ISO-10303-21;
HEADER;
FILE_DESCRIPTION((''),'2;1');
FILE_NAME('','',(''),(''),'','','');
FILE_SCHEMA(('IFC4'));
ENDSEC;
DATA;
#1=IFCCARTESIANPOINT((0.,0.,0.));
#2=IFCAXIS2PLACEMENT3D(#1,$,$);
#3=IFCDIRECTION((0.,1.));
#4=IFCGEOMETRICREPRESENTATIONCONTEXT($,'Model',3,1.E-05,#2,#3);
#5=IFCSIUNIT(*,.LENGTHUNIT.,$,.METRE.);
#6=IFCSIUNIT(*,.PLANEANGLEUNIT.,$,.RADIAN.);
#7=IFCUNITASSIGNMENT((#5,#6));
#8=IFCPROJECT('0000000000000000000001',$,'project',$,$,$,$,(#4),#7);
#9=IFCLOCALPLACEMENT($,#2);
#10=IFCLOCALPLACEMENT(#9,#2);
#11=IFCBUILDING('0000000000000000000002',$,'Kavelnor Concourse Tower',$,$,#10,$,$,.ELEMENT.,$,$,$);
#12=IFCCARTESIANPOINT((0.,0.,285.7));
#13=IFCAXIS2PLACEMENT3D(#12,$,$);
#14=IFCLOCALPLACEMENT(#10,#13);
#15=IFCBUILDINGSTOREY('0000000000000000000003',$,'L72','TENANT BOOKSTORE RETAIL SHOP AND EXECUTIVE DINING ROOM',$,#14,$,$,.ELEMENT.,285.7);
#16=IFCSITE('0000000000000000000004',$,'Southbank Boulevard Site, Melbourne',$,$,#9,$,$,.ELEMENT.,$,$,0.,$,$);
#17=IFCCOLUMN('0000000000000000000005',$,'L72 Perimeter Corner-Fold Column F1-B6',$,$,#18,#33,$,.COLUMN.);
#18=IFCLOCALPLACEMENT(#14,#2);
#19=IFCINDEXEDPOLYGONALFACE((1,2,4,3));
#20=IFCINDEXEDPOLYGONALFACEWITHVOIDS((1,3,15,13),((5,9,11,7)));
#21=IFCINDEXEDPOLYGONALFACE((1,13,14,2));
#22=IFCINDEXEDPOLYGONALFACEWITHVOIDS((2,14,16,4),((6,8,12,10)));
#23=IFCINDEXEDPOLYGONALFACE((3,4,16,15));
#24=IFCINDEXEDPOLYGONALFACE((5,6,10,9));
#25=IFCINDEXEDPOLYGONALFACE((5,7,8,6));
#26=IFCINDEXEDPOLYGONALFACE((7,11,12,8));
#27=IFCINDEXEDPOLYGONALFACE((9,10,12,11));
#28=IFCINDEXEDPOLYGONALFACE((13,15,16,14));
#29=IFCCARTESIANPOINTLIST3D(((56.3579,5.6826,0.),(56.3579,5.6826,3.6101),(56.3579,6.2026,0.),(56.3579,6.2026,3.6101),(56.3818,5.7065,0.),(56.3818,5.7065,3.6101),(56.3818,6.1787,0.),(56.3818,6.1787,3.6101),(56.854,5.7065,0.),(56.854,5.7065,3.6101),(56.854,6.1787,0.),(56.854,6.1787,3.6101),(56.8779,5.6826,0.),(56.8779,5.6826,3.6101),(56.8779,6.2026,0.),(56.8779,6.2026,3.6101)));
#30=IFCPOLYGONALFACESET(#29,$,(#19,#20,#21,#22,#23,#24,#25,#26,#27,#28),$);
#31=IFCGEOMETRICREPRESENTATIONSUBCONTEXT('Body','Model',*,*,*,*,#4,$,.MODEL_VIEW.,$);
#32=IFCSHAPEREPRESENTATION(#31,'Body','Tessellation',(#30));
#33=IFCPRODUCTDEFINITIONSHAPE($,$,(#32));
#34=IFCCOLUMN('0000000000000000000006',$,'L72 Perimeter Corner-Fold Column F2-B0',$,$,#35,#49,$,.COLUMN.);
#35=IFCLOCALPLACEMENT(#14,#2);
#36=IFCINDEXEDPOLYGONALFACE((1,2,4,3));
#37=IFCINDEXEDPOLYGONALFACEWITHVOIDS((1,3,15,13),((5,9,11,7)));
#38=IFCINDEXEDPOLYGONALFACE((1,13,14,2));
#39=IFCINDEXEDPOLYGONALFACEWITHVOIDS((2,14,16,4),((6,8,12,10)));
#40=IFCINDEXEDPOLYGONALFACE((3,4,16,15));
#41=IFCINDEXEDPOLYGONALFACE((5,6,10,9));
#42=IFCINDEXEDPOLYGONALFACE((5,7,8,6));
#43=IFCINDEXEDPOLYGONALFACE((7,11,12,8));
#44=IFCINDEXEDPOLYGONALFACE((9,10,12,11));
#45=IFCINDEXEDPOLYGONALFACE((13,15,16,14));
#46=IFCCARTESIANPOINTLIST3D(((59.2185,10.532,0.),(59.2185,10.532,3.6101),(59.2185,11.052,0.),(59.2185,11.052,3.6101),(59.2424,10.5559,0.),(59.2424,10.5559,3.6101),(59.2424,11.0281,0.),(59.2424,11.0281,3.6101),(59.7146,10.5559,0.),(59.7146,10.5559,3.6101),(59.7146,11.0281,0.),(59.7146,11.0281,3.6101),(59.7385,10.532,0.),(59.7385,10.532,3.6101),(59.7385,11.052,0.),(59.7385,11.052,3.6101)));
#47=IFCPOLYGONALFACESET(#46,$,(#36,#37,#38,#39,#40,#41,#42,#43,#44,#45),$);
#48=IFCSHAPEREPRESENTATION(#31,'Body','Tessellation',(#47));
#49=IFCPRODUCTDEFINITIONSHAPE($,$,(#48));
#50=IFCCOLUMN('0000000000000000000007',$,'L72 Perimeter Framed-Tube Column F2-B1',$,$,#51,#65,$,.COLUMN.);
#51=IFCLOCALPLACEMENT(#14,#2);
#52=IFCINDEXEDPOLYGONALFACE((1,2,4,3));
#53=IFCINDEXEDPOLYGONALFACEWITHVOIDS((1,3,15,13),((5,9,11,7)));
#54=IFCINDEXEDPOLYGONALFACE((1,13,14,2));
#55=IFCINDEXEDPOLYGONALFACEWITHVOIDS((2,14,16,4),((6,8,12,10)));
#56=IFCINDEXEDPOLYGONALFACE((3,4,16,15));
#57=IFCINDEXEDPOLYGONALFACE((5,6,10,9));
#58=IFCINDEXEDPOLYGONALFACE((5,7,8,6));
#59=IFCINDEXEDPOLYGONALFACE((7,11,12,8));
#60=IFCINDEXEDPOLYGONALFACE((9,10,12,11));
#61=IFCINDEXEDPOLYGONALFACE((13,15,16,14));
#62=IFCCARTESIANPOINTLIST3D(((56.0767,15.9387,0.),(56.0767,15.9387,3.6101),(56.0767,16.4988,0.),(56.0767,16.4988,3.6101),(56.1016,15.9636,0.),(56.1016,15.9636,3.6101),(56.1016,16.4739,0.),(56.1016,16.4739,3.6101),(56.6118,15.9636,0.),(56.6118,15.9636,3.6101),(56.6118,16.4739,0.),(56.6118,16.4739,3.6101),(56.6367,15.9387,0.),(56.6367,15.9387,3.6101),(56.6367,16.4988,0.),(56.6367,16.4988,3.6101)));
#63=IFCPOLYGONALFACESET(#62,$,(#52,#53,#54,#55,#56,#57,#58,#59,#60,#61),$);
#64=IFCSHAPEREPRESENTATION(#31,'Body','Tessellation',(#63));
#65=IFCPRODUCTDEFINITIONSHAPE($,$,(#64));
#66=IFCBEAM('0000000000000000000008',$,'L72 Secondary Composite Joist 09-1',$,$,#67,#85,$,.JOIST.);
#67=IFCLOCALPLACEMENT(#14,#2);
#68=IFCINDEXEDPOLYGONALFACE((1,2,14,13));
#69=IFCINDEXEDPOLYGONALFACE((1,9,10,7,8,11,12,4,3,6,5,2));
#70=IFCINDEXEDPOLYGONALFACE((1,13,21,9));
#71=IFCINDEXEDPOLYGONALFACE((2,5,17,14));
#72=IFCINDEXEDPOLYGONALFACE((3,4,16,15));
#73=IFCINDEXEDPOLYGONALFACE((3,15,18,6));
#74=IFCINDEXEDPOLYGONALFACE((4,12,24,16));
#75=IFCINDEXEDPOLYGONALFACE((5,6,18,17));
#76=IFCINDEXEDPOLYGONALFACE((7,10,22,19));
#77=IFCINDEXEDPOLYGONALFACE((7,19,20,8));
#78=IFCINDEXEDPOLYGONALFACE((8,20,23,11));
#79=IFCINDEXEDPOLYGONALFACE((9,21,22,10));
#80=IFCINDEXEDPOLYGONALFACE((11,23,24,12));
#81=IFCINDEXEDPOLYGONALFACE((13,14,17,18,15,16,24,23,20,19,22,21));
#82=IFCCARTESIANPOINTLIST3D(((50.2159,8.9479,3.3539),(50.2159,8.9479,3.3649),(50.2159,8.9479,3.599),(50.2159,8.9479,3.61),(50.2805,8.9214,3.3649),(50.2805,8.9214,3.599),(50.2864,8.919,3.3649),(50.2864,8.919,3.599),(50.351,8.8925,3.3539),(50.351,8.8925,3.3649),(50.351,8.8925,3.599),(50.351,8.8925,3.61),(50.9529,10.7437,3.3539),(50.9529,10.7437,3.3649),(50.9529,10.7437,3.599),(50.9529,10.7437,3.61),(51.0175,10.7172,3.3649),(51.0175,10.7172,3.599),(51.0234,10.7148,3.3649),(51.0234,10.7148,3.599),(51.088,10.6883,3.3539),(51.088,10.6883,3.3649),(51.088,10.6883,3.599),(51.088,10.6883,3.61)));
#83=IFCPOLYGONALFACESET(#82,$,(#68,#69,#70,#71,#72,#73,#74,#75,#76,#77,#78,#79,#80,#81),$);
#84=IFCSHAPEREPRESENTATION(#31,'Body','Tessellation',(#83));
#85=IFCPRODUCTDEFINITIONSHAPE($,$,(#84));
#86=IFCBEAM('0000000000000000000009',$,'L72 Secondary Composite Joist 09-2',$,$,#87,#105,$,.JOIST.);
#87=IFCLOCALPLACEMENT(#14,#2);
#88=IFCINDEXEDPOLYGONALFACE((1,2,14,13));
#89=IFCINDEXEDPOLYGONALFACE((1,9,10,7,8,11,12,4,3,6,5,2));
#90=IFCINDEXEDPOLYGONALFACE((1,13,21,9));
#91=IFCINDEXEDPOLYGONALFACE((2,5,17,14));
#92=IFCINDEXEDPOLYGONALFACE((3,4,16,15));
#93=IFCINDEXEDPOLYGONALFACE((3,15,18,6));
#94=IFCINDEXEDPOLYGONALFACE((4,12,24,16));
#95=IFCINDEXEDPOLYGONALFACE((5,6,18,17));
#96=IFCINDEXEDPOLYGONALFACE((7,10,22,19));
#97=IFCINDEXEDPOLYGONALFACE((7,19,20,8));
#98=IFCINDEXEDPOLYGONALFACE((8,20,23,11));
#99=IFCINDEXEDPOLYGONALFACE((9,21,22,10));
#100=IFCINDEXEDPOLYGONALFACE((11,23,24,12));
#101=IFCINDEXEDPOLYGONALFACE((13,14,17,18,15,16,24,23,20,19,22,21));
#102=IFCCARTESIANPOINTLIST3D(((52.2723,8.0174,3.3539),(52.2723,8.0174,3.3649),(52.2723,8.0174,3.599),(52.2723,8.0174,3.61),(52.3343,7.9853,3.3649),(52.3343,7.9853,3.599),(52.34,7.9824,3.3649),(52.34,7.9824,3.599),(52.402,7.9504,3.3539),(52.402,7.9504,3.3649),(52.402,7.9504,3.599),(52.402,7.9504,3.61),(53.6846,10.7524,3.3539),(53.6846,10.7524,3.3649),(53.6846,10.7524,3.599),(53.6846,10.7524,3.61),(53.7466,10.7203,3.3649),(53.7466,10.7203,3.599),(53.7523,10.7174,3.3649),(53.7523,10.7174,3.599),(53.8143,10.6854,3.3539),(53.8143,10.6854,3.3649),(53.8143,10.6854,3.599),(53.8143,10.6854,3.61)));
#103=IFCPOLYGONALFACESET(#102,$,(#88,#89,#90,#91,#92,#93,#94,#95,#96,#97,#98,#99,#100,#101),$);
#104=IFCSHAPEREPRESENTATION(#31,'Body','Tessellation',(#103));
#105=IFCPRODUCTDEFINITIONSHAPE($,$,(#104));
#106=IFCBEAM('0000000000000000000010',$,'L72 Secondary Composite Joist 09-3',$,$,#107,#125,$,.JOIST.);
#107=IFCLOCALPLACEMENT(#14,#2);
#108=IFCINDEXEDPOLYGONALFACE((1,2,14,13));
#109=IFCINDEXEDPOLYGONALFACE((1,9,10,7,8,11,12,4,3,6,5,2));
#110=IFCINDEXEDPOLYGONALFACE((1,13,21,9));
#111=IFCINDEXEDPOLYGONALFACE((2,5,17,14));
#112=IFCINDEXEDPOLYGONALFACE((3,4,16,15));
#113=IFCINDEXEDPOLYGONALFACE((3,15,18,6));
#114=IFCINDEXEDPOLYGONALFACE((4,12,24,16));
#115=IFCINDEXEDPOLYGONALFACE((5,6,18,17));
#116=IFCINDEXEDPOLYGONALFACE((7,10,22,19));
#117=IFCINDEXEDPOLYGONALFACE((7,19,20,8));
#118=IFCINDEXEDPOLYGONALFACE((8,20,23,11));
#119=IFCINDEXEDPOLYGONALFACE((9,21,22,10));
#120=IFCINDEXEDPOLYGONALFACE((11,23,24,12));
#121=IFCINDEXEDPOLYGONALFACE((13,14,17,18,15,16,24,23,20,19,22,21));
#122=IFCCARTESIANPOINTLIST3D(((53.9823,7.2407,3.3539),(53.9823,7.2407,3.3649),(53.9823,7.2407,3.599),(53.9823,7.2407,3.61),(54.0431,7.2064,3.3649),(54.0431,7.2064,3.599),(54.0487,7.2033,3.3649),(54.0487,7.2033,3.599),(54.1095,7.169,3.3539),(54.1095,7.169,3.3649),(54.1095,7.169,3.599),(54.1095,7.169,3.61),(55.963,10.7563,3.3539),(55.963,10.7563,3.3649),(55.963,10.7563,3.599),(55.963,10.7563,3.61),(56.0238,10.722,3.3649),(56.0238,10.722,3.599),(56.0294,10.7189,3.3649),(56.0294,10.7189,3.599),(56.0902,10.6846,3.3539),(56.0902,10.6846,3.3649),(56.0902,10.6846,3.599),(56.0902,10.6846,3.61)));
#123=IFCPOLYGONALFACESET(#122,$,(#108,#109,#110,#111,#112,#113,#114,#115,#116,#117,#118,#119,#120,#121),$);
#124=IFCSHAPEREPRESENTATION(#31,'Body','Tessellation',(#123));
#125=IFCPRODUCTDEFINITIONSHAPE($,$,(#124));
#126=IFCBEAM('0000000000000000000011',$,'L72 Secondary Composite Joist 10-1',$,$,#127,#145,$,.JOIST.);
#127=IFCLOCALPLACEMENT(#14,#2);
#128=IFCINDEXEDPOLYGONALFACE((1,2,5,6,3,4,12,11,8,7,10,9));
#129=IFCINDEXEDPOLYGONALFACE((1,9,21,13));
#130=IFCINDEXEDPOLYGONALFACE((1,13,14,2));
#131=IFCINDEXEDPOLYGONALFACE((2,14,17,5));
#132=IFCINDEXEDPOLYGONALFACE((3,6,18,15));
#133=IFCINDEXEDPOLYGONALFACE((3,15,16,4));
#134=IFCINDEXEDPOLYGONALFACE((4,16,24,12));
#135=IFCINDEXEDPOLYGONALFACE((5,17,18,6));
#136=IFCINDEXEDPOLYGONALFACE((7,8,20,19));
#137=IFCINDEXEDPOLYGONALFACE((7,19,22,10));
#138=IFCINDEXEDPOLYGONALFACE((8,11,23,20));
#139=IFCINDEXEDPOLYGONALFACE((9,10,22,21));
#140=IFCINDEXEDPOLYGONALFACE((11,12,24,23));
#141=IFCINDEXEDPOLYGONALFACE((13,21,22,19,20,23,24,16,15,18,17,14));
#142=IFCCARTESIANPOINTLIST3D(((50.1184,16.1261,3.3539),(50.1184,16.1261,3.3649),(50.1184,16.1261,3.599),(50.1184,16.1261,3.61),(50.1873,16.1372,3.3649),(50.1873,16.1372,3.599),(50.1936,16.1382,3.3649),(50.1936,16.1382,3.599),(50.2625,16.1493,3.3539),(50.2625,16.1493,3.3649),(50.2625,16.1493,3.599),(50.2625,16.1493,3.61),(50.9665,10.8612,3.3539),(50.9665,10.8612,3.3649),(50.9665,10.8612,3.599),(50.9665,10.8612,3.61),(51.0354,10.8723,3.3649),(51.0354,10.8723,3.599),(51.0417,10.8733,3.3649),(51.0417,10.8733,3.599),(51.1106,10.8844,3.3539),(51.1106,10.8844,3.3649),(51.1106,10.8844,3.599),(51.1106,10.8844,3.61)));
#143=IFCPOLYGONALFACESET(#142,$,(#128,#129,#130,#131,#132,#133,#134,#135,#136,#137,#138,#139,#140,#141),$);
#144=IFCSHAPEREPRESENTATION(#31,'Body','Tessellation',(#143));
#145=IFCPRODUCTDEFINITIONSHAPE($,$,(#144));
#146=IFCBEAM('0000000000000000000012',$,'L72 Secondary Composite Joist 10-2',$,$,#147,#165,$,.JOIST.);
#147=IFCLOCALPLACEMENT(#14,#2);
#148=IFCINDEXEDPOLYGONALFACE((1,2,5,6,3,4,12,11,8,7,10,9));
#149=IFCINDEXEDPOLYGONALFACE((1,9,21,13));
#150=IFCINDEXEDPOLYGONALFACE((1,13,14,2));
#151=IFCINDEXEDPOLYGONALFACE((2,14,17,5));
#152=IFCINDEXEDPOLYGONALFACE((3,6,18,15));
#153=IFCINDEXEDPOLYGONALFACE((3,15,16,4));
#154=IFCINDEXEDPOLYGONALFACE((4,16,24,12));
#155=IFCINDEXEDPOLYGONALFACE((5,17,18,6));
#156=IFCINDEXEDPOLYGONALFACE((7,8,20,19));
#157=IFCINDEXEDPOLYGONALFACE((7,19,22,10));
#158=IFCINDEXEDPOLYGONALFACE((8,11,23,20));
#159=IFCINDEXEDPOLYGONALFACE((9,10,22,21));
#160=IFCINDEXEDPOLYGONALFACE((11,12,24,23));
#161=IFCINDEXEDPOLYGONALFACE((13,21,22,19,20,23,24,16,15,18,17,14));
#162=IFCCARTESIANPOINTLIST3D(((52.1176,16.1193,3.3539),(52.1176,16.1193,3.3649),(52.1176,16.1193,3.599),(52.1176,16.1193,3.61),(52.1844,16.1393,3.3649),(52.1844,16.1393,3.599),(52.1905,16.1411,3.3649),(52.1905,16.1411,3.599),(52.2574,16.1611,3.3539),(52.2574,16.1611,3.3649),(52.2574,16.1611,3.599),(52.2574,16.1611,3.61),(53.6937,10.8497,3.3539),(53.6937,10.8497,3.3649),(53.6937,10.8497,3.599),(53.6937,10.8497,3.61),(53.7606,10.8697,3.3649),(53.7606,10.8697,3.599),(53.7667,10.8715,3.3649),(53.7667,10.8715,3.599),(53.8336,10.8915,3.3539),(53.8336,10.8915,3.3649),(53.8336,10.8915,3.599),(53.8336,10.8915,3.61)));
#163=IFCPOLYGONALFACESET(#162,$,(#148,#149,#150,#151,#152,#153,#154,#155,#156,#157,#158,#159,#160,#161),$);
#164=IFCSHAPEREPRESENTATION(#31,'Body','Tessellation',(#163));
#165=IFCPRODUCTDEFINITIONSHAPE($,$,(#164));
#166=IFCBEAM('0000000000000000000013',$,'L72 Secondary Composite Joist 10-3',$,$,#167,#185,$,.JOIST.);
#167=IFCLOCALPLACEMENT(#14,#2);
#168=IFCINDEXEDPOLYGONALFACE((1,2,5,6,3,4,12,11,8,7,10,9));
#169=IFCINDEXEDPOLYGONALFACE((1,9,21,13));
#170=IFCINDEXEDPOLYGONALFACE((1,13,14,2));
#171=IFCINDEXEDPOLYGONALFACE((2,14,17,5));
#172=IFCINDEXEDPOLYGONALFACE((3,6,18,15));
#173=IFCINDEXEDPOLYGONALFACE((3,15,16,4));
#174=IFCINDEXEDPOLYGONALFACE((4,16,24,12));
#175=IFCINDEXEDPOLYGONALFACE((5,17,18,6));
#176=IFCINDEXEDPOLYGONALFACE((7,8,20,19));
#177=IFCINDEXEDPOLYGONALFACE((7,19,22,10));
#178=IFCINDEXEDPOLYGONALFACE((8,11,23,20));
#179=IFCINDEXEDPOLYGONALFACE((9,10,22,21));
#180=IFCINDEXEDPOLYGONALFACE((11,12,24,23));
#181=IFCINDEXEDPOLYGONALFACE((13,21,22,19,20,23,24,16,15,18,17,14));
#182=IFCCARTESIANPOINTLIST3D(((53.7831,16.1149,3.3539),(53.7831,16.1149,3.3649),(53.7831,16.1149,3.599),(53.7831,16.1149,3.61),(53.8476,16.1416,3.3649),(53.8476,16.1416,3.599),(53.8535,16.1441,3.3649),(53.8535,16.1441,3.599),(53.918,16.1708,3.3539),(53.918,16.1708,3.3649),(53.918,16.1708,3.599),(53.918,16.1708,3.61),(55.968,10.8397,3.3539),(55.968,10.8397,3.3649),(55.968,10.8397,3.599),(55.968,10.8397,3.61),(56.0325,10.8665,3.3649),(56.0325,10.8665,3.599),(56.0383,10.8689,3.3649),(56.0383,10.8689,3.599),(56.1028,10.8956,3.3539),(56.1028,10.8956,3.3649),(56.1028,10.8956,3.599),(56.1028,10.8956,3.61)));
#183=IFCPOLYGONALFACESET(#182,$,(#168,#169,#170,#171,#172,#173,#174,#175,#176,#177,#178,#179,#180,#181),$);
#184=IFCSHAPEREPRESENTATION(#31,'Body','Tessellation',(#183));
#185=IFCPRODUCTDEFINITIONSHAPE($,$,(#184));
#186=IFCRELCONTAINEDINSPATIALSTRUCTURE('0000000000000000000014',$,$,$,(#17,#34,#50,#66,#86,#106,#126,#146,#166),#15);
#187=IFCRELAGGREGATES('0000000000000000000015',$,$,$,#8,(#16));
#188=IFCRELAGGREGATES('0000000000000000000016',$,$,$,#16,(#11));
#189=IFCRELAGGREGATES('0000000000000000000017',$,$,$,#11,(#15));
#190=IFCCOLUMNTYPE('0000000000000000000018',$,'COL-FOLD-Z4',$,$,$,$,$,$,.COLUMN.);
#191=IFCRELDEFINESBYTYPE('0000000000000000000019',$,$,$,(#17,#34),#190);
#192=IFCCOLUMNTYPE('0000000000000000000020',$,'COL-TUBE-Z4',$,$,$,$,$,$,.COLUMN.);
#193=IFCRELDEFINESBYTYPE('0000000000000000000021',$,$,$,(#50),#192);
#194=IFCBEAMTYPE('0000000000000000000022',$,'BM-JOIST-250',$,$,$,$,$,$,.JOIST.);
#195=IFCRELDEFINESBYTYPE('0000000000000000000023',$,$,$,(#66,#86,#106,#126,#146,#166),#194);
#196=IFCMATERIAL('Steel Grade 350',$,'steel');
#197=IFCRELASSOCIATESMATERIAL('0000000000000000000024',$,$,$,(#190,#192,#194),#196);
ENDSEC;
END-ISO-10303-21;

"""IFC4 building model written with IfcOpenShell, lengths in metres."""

from ifc_helpers import new_model, si_unit, direction, frame, origin, origin_2d, place, context, subcontext, project, spatial, hollow_rectangle, i_section, extrude, material, material_profile, profile_set, type_object, element, save


model = new_model("IFC4")

# Units and contexts
model_context = context("Model", 3, precision=1e-05, world=origin(), true_north=direction((0.0, 1.0)))
body_context = subcontext(model_context, "Body", "Model", "MODEL_VIEW")
ifc_project = project(units=[si_unit("LENGTHUNIT", "METRE"), si_unit("PLANEANGLEUNIT", "RADIAN")], contexts=[model_context])

# Site, building, storey
site_placement = place(None, origin())
site = spatial("IfcSite", under=ifc_project, at=site_placement, Name="Southbank Boulevard Site, Melbourne", CompositionType="ELEMENT", RefElevation=0.0)
building_placement = place(site_placement, origin())
building = spatial("IfcBuilding", under=site, at=building_placement, Name="Kavelnor Concourse Tower", CompositionType="ELEMENT")
storey_placement = place(building_placement, frame((0.0, 0.0, 285.7)))
storey = spatial("IfcBuildingStorey", under=building, at=storey_placement, Name="L72", Description="TENANT BOOKSTORE RETAIL SHOP AND EXECUTIVE DINING ROOM", CompositionType="ELEMENT", Elevation=285.7)

# Columns
ifc_material_1 = material(Name="Steel Grade 350", Category="steel")
ifc_material_profile_1 = material_profile(ifc_material_1, hollow_rectangle(XDim=0.52, YDim=0.52, WallThickness=0.0239, at=origin_2d()), Name="SHS 520x520x24")
ifc_profile_set_1 = profile_set([ifc_material_profile_1], Name="Steel Grade 350")
column_type_1 = type_object("IfcColumnType", Name="COL-FOLD-Z4", PredefinedType="COLUMN", material=ifc_profile_set_1)
for number, where, z_axis, x_axis, name in (
    (1, (56.6179, 5.9426, 0.0), (0.0, 0.0, 1.0), (1.0, 0.0, 0.0), "L72 Perimeter Corner-Fold Column F1-B6"),
    (2, (59.4785, 10.792, 0.0), (0.0, 0.0, 1.0), (1.0, 0.0, 0.0), "L72 Perimeter Corner-Fold Column F2-B0"),
):
    element("IfcColumn", number, at=place(storey_placement, frame(where, z_axis=z_axis, x_axis=x_axis)), inside=storey, type_object=column_type_1, Name=name, PredefinedType="COLUMN", context=body_context, shape_type="SweptSolid", body=[
        extrude(hollow_rectangle(XDim=0.52, YDim=0.52, WallThickness=0.0239, at=origin_2d()), origin(), (0.0, 0.0, 1.0), 3.6101),
    ])
ifc_material_profile_2 = material_profile(ifc_material_1, hollow_rectangle(XDim=0.5601, YDim=0.5601, WallThickness=0.0249, at=origin_2d()), Name="SHS 560x560x25")
ifc_profile_set_2 = profile_set([ifc_material_profile_2], Name="Steel Grade 350")
column_type_2 = type_object("IfcColumnType", Name="COL-TUBE-Z4", PredefinedType="COLUMN", material=ifc_profile_set_2)
column_placement = place(storey_placement, frame((56.3567, 16.2188, 0.0), z_axis=(0.0, 0.0, 1.0), x_axis=(1.0, 0.0, 0.0)))
element("IfcColumn", 3, at=column_placement, inside=storey, type_object=column_type_2, Name="L72 Perimeter Framed-Tube Column F2-B1", PredefinedType="COLUMN", context=body_context, shape_type="SweptSolid", body=[
    extrude(hollow_rectangle(XDim=0.5601, YDim=0.5601, WallThickness=0.0249, at=origin_2d()), origin(), (0.0, 0.0, 1.0), 3.6101),
])

# Beams
ifc_material_profile_3 = material_profile(ifc_material_1, i_section(OverallWidth=0.146, OverallDepth=0.2561, WebThickness=0.0063, FlangeThickness=0.011, at=origin_2d()), Name="250UB37")
ifc_profile_set_3 = profile_set([ifc_material_profile_3], Name="Steel Grade 350")
beam_type_1 = type_object("IfcBeamType", Name="BM-JOIST-250", PredefinedType="JOIST", material=ifc_profile_set_3)
beam_1_placement = place(storey_placement, frame((50.2834, 8.9202, 3.4819), z_axis=(0.379681, 0.925118, 0.0), x_axis=(-0.925118, 0.379681, 0.0)))
element("IfcBeam", 4, at=beam_1_placement, inside=storey, type_object=beam_type_1, Name="L72 Secondary Composite Joist 09-1", PredefinedType="JOIST", context=body_context, shape_type="SweptSolid", body=[
    extrude(i_section(OverallWidth=0.146, OverallDepth=0.2561, WebThickness=0.0063, FlangeThickness=0.011, at=origin_2d()), origin(), (0.0, 0.0, 1.0), 1.9412),
])
beam_2_placement = place(storey_placement, frame((52.3372, 7.9839, 3.4819), z_axis=(0.458819, 0.88853, 0.0), x_axis=(-0.88853, 0.458819, 0.0)))
element("IfcBeam", 5, at=beam_2_placement, inside=storey, type_object=beam_type_1, Name="L72 Secondary Composite Joist 09-2", PredefinedType="JOIST", context=body_context, shape_type="SweptSolid", body=[
    extrude(i_section(OverallWidth=0.146, OverallDepth=0.2561, WebThickness=0.0063, FlangeThickness=0.011, at=origin_2d()), origin(), (0.0, 0.0, 1.0), 3.0781),
])
beam_3_placement = place(storey_placement, frame((54.0459, 7.2048, 3.4819), z_axis=(0.490859, 0.871239, 0.0), x_axis=(-0.871239, 0.490859, 0.0)))
element("IfcBeam", 6, at=beam_3_placement, inside=storey, type_object=beam_type_1, Name="L72 Secondary Composite Joist 09-3", PredefinedType="JOIST", context=body_context, shape_type="SweptSolid", body=[
    extrude(i_section(OverallWidth=0.146, OverallDepth=0.2561, WebThickness=0.0063, FlangeThickness=0.011, at=origin_2d()), origin(), (0.0, 0.0, 1.0), 4.0352),
])
beam_4_placement = place(storey_placement, frame((51.0386, 10.8728, 3.4819), z_axis=(-0.159044, 0.987272, 0.0), x_axis=(-0.987272, -0.159044, 0.0)))
element("IfcBeam", 7, at=beam_4_placement, inside=storey, type_object=beam_type_1, Name="L72 Secondary Composite Joist 10-1", PredefinedType="JOIST", context=body_context, shape_type="SweptSolid", body=[
    extrude(i_section(OverallWidth=0.146, OverallDepth=0.2561, WebThickness=0.0063, FlangeThickness=0.011, at=origin_2d()), origin(), (0.0, 0.0, 1.0), 5.3328),
])
beam_5_placement = place(storey_placement, frame((53.7637, 10.8706, 3.4819), z_axis=(-0.286566, 0.958061, 0.0), x_axis=(-0.958061, -0.286566, 0.0)))
element("IfcBeam", 8, at=beam_5_placement, inside=storey, type_object=beam_type_1, Name="L72 Secondary Composite Joist 10-2", PredefinedType="JOIST", context=body_context, shape_type="SweptSolid", body=[
    extrude(i_section(OverallWidth=0.146, OverallDepth=0.2561, WebThickness=0.0063, FlangeThickness=0.011, at=origin_2d()), origin(), (0.0, 0.0, 1.0), 5.5002),
])
beam_6_placement = place(storey_placement, frame((56.0354, 10.8677, 3.4819), z_axis=(-0.38265, 0.923893, 0.0), x_axis=(-0.923893, -0.38265, 0.0)))
element("IfcBeam", 9, at=beam_6_placement, inside=storey, type_object=beam_type_1, Name="L72 Secondary Composite Joist 10-3", PredefinedType="JOIST", context=body_context, shape_type="SweptSolid", body=[
    extrude(i_section(OverallWidth=0.146, OverallDepth=0.2561, WebThickness=0.0063, FlangeThickness=0.011, at=origin_2d()), origin(), (0.0, 0.0, 1.0), 5.7097),
])

save(model, "model.ifc")
